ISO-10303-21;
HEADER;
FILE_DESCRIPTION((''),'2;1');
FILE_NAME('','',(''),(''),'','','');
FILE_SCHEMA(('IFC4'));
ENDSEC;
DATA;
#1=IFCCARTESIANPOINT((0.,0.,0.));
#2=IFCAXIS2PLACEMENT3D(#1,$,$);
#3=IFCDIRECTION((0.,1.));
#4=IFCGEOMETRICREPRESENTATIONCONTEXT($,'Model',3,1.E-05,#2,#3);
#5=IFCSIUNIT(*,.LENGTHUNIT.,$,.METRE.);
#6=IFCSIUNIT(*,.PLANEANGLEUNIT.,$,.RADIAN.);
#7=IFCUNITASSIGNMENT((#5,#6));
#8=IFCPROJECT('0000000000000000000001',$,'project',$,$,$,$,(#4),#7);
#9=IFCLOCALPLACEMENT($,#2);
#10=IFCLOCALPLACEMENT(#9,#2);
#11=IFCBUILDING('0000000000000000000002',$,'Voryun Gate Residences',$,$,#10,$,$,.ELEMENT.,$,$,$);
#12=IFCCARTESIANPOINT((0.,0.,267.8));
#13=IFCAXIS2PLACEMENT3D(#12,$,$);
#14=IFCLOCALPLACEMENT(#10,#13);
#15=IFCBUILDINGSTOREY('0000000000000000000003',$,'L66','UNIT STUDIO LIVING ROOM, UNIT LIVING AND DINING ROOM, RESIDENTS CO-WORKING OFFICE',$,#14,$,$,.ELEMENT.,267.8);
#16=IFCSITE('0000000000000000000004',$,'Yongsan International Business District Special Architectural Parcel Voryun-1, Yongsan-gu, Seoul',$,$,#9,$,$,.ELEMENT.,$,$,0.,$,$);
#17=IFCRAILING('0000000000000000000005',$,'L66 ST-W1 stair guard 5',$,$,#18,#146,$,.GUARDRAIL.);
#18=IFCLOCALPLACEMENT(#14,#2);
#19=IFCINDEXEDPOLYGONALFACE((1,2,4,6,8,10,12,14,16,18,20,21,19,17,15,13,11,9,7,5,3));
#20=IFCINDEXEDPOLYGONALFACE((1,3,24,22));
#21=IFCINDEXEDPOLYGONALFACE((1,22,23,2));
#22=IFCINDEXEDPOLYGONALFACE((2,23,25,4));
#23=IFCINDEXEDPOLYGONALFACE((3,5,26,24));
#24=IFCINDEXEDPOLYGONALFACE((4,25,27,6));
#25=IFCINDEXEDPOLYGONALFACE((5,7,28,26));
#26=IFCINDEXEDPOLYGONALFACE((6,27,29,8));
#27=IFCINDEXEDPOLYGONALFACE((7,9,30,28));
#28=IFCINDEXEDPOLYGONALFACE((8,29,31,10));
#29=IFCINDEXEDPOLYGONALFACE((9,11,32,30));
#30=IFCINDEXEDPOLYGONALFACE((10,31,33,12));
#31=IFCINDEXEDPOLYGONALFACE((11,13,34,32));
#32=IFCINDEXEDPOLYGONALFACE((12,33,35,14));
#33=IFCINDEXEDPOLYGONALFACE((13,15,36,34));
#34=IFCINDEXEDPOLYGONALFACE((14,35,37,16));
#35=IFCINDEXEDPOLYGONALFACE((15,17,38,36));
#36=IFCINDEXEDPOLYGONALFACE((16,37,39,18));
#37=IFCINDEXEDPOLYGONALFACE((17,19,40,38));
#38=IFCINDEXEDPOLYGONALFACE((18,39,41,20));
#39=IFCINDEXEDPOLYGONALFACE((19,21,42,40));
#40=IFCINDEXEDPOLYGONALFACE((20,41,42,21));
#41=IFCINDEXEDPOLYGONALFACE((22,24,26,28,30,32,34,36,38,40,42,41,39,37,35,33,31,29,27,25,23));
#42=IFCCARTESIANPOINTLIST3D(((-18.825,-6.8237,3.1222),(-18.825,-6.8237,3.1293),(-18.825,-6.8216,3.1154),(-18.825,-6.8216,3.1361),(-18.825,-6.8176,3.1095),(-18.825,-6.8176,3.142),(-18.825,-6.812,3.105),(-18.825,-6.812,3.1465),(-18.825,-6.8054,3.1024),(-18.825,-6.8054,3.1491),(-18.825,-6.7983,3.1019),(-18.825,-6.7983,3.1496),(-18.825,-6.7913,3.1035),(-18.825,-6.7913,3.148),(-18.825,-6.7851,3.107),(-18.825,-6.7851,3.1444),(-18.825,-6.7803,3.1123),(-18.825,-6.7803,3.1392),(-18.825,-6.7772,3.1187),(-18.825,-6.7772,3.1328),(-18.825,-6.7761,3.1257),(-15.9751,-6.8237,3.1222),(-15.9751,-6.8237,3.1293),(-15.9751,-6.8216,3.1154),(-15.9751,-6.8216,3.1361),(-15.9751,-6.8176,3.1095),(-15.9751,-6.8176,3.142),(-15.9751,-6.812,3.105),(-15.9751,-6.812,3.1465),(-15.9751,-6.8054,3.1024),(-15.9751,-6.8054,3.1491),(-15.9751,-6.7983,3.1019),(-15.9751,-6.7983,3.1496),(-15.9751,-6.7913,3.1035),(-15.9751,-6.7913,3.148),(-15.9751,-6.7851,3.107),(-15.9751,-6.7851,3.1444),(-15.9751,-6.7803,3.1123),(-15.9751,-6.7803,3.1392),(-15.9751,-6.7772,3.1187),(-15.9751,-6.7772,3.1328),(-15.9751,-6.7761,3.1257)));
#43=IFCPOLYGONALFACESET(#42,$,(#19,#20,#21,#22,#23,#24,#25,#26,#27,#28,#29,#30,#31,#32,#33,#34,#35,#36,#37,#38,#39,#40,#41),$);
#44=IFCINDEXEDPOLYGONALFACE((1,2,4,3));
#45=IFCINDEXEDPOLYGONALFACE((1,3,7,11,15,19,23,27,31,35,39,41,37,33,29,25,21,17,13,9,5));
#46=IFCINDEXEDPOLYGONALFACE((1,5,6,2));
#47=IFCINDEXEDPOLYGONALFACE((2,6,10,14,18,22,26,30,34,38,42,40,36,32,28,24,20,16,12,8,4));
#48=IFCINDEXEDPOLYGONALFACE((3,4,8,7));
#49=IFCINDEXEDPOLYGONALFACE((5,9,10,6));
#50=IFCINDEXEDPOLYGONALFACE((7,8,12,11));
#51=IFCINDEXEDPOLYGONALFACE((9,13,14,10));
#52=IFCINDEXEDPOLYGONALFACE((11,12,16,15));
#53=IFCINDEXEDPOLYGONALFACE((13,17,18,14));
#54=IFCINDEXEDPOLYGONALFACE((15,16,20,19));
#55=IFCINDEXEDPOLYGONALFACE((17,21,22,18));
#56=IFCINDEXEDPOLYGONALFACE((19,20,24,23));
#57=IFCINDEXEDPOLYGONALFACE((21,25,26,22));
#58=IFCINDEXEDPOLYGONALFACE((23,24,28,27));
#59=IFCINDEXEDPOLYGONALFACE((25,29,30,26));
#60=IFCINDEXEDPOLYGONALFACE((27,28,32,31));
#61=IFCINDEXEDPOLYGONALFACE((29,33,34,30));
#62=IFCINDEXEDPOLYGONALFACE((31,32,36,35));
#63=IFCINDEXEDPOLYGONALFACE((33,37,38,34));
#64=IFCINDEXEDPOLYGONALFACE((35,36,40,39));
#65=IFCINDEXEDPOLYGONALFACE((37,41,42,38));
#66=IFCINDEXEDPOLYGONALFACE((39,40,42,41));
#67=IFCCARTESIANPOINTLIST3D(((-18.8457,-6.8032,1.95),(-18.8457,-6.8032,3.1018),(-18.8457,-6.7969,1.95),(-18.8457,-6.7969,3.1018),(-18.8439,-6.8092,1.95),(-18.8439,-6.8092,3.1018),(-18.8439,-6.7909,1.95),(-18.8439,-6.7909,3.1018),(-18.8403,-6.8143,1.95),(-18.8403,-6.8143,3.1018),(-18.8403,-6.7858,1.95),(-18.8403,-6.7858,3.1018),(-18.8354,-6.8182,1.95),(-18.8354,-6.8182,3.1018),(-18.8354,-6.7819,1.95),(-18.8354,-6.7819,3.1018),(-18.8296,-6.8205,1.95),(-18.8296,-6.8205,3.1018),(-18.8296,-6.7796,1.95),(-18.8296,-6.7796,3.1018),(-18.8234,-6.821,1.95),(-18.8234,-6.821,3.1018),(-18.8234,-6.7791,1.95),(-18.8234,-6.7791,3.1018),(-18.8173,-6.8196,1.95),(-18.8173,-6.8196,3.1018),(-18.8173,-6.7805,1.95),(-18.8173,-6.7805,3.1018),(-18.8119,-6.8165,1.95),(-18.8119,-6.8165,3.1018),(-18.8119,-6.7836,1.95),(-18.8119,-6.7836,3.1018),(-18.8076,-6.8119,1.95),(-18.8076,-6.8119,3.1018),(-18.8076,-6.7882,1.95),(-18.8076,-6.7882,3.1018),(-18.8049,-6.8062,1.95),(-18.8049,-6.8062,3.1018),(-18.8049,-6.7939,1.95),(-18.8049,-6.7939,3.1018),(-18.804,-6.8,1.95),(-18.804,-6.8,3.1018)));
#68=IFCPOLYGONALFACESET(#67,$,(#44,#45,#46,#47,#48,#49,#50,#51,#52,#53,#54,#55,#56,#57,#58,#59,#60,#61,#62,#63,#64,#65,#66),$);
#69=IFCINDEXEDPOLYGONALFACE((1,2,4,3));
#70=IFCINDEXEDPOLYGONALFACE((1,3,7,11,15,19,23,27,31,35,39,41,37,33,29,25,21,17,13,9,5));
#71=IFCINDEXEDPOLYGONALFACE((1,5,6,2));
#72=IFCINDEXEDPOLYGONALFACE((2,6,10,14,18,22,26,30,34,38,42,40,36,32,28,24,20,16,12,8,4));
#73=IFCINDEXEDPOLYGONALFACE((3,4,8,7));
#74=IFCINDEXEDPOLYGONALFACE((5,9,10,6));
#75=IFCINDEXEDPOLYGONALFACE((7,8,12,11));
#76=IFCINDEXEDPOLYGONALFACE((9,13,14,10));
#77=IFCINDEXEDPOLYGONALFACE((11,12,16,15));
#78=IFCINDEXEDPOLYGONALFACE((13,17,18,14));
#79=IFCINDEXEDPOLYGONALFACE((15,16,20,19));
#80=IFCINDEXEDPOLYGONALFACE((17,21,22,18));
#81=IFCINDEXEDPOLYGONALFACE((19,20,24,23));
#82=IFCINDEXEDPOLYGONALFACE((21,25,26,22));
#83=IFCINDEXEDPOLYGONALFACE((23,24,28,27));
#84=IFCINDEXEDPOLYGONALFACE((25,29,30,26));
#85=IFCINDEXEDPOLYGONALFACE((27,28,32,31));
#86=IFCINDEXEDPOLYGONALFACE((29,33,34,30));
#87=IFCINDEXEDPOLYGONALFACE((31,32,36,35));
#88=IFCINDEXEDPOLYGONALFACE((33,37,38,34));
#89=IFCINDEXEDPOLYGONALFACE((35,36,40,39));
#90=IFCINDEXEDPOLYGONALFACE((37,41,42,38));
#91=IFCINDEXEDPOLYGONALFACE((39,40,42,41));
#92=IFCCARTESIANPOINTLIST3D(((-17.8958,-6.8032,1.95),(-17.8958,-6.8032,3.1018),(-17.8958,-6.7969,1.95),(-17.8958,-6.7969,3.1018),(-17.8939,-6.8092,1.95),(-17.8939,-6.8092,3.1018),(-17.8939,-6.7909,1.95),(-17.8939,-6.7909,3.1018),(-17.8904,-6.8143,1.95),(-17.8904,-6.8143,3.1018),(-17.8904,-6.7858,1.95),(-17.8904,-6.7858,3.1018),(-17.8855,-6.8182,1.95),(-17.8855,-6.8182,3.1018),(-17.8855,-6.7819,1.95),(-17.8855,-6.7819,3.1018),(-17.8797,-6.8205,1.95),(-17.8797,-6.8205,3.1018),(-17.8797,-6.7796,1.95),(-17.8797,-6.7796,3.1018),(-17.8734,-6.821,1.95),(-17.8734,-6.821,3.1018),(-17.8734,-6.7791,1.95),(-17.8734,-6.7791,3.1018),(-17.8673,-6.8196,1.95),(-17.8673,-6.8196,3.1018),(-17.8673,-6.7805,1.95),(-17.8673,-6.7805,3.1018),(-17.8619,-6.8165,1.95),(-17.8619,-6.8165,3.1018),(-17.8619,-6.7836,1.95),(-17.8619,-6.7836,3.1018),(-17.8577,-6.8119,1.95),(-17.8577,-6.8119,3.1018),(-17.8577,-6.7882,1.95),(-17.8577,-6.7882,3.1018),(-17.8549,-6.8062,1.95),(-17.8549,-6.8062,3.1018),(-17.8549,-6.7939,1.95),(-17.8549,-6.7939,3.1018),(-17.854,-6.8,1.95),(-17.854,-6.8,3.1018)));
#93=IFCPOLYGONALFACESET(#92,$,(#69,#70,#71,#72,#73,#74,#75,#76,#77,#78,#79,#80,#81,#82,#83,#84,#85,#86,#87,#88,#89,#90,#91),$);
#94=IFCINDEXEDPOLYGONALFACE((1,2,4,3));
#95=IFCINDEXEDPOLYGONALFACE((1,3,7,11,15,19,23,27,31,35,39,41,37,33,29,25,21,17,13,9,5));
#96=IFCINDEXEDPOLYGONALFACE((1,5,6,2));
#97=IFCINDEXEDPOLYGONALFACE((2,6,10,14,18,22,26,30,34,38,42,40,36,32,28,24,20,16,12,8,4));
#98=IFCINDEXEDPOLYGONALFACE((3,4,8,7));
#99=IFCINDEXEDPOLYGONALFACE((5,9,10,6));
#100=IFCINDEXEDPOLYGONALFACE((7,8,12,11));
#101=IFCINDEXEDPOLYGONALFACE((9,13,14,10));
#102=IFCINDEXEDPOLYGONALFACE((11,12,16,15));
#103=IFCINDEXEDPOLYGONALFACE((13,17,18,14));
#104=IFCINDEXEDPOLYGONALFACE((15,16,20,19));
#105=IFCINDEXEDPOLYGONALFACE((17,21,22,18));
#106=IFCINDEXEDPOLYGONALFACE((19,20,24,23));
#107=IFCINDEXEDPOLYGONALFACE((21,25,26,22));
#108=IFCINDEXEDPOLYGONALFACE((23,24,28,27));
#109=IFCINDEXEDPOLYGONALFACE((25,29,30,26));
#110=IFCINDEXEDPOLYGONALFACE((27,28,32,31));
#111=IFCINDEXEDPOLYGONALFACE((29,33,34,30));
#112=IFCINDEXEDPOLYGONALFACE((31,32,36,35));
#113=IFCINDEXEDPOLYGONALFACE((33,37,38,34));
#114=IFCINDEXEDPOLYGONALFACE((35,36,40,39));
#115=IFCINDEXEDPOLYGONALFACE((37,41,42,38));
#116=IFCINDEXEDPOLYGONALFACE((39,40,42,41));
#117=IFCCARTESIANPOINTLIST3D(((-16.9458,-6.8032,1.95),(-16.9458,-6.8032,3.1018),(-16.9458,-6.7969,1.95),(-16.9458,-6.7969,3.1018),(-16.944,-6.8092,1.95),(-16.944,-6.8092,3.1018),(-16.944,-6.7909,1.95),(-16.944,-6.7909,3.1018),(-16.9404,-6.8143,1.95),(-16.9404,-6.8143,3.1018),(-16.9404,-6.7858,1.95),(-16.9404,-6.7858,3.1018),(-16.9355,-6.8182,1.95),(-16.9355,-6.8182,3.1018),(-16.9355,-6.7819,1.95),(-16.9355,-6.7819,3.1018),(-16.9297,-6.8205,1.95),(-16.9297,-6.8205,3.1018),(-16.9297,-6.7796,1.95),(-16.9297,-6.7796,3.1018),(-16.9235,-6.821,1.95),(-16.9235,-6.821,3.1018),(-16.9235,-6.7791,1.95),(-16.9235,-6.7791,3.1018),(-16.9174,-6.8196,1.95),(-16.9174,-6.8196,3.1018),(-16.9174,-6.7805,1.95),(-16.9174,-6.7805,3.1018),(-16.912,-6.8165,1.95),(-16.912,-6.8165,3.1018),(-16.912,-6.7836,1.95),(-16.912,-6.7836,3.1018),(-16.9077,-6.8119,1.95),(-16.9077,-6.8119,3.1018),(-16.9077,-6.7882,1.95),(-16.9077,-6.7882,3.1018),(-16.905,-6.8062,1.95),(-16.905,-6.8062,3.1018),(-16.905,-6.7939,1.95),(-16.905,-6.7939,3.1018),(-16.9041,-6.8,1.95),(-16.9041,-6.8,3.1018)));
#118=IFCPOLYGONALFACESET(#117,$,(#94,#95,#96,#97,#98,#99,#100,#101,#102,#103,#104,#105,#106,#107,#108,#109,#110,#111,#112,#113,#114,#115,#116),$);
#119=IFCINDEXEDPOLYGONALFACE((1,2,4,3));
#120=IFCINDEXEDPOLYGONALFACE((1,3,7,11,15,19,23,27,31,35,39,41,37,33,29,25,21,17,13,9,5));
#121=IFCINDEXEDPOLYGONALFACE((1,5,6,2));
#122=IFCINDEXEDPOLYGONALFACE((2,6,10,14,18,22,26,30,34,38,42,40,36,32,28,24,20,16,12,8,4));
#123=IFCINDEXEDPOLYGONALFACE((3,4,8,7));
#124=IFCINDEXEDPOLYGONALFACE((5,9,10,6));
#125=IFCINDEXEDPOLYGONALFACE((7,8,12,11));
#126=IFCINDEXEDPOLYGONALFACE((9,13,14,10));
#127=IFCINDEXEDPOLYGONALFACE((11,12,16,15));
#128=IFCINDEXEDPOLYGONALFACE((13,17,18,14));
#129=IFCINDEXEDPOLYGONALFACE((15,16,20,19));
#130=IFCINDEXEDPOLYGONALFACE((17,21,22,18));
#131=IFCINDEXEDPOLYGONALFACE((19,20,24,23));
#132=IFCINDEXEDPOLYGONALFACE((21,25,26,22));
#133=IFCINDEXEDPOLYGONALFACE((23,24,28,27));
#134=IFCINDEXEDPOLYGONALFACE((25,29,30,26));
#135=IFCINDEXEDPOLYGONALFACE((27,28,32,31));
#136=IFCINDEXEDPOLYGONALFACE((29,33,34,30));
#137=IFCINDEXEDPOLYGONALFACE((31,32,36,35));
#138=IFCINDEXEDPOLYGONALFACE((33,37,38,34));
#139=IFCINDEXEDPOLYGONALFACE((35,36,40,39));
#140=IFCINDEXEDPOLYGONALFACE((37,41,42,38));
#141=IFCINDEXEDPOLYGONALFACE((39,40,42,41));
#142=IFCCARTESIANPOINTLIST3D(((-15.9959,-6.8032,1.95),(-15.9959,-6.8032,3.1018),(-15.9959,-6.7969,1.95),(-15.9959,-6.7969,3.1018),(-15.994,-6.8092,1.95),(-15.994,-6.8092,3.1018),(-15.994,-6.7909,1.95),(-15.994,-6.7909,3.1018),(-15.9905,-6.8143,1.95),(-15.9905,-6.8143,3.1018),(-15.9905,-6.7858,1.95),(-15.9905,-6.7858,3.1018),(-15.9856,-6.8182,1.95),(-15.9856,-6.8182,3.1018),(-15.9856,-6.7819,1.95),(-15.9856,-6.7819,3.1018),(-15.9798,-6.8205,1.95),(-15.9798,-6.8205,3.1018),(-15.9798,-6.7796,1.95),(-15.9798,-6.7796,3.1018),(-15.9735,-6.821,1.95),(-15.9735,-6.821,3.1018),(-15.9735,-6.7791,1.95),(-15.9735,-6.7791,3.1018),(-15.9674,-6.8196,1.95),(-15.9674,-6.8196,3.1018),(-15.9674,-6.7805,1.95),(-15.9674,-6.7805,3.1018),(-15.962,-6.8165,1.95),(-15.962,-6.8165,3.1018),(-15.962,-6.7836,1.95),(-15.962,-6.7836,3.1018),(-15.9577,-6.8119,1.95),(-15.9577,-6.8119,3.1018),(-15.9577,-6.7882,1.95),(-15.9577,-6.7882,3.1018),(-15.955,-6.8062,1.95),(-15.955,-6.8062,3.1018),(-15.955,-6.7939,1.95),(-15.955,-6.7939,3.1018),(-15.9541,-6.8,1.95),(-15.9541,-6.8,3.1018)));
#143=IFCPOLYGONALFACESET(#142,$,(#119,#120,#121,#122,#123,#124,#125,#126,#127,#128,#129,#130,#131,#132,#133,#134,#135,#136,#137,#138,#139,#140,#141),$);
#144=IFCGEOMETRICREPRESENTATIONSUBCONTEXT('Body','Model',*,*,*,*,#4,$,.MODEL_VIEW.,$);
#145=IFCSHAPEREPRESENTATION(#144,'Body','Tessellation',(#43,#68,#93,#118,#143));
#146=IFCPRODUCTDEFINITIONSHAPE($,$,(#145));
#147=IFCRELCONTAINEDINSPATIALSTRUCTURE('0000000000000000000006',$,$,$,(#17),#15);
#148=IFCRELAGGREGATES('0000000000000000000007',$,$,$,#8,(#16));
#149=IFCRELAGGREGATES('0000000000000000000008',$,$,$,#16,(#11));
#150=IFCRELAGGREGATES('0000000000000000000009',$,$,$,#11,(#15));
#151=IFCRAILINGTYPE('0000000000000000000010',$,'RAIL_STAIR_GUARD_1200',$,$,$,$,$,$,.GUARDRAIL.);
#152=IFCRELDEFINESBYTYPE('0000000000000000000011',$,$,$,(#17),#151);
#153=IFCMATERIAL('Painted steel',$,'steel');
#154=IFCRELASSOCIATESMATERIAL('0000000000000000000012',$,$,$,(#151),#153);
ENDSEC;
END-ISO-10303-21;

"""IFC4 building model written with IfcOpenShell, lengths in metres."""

from ifc_helpers import new_model, si_unit, direction, frame, origin, origin_2d, place, context, subcontext, project, spatial, circle, extrude, material, type_object, element, save


model = new_model("IFC4")

# Units and contexts
model_context = context("Model", 3, precision=1e-05, world=origin(), true_north=direction((0.0, 1.0)))
body_context = subcontext(model_context, "Body", "Model", "MODEL_VIEW")
ifc_project = project(units=[si_unit("LENGTHUNIT", "METRE"), si_unit("PLANEANGLEUNIT", "RADIAN")], contexts=[model_context])

# Site, building, storey
site_placement = place(None, origin())
site = spatial("IfcSite", under=ifc_project, at=site_placement, Name="Yongsan International Business District Special Architectural Parcel Voryun-1, Yongsan-gu, Seoul", CompositionType="ELEMENT", RefElevation=0.0)
building_placement = place(site_placement, origin())
building = spatial("IfcBuilding", under=site, at=building_placement, Name="Voryun Gate Residences", CompositionType="ELEMENT")
storey_placement = place(building_placement, frame((0.0, 0.0, 267.8)))
storey = spatial("IfcBuildingStorey", under=building, at=storey_placement, Name="L66", Description="UNIT STUDIO LIVING ROOM, UNIT LIVING AND DINING ROOM, RESIDENTS CO-WORKING OFFICE", CompositionType="ELEMENT", Elevation=267.8)

# Railing
ifc_material_1 = material(Name="Painted steel", Category="steel")
railing_type_1 = type_object("IfcRailingType", Name="RAIL_STAIR_GUARD_1200", PredefinedType="GUARDRAIL", material=ifc_material_1)
railing_1_placement = place(storey_placement, frame((-18.825, -6.8, 1.95)))
element("IfcRailing", 1, at=railing_1_placement, inside=storey, type_object=railing_type_1, Name="L66 ST-W1 stair guard 5", PredefinedType="GUARDRAIL", context=body_context, shape_type="SweptSolid", body=[
    extrude(circle(Radius=0.0239, at=origin_2d()), frame((0.0, 0.0, 1.1758), z_axis=(1.0, 0.0, 0.0), x_axis=(0.0, 1.0, 0.0)), (0.0, 0.0, 1.0), 2.8499),
    extrude(circle(Radius=0.021, at=origin_2d()), origin(), (0.0, 0.0, 1.0), 1.1519),
    extrude(circle(Radius=0.021, at=origin_2d()), frame((0.95, 0.0, 0.0)), (0.0, 0.0, 1.0), 1.1519),
    extrude(circle(Radius=0.021, at=origin_2d()), frame((1.8999, 0.0, 0.0)), (0.0, 0.0, 1.0), 1.1519),
    extrude(circle(Radius=0.021, at=origin_2d()), frame((2.8499, 0.0, 0.0)), (0.0, 0.0, 1.0), 1.1519),
])

save(model, "model.ifc")
